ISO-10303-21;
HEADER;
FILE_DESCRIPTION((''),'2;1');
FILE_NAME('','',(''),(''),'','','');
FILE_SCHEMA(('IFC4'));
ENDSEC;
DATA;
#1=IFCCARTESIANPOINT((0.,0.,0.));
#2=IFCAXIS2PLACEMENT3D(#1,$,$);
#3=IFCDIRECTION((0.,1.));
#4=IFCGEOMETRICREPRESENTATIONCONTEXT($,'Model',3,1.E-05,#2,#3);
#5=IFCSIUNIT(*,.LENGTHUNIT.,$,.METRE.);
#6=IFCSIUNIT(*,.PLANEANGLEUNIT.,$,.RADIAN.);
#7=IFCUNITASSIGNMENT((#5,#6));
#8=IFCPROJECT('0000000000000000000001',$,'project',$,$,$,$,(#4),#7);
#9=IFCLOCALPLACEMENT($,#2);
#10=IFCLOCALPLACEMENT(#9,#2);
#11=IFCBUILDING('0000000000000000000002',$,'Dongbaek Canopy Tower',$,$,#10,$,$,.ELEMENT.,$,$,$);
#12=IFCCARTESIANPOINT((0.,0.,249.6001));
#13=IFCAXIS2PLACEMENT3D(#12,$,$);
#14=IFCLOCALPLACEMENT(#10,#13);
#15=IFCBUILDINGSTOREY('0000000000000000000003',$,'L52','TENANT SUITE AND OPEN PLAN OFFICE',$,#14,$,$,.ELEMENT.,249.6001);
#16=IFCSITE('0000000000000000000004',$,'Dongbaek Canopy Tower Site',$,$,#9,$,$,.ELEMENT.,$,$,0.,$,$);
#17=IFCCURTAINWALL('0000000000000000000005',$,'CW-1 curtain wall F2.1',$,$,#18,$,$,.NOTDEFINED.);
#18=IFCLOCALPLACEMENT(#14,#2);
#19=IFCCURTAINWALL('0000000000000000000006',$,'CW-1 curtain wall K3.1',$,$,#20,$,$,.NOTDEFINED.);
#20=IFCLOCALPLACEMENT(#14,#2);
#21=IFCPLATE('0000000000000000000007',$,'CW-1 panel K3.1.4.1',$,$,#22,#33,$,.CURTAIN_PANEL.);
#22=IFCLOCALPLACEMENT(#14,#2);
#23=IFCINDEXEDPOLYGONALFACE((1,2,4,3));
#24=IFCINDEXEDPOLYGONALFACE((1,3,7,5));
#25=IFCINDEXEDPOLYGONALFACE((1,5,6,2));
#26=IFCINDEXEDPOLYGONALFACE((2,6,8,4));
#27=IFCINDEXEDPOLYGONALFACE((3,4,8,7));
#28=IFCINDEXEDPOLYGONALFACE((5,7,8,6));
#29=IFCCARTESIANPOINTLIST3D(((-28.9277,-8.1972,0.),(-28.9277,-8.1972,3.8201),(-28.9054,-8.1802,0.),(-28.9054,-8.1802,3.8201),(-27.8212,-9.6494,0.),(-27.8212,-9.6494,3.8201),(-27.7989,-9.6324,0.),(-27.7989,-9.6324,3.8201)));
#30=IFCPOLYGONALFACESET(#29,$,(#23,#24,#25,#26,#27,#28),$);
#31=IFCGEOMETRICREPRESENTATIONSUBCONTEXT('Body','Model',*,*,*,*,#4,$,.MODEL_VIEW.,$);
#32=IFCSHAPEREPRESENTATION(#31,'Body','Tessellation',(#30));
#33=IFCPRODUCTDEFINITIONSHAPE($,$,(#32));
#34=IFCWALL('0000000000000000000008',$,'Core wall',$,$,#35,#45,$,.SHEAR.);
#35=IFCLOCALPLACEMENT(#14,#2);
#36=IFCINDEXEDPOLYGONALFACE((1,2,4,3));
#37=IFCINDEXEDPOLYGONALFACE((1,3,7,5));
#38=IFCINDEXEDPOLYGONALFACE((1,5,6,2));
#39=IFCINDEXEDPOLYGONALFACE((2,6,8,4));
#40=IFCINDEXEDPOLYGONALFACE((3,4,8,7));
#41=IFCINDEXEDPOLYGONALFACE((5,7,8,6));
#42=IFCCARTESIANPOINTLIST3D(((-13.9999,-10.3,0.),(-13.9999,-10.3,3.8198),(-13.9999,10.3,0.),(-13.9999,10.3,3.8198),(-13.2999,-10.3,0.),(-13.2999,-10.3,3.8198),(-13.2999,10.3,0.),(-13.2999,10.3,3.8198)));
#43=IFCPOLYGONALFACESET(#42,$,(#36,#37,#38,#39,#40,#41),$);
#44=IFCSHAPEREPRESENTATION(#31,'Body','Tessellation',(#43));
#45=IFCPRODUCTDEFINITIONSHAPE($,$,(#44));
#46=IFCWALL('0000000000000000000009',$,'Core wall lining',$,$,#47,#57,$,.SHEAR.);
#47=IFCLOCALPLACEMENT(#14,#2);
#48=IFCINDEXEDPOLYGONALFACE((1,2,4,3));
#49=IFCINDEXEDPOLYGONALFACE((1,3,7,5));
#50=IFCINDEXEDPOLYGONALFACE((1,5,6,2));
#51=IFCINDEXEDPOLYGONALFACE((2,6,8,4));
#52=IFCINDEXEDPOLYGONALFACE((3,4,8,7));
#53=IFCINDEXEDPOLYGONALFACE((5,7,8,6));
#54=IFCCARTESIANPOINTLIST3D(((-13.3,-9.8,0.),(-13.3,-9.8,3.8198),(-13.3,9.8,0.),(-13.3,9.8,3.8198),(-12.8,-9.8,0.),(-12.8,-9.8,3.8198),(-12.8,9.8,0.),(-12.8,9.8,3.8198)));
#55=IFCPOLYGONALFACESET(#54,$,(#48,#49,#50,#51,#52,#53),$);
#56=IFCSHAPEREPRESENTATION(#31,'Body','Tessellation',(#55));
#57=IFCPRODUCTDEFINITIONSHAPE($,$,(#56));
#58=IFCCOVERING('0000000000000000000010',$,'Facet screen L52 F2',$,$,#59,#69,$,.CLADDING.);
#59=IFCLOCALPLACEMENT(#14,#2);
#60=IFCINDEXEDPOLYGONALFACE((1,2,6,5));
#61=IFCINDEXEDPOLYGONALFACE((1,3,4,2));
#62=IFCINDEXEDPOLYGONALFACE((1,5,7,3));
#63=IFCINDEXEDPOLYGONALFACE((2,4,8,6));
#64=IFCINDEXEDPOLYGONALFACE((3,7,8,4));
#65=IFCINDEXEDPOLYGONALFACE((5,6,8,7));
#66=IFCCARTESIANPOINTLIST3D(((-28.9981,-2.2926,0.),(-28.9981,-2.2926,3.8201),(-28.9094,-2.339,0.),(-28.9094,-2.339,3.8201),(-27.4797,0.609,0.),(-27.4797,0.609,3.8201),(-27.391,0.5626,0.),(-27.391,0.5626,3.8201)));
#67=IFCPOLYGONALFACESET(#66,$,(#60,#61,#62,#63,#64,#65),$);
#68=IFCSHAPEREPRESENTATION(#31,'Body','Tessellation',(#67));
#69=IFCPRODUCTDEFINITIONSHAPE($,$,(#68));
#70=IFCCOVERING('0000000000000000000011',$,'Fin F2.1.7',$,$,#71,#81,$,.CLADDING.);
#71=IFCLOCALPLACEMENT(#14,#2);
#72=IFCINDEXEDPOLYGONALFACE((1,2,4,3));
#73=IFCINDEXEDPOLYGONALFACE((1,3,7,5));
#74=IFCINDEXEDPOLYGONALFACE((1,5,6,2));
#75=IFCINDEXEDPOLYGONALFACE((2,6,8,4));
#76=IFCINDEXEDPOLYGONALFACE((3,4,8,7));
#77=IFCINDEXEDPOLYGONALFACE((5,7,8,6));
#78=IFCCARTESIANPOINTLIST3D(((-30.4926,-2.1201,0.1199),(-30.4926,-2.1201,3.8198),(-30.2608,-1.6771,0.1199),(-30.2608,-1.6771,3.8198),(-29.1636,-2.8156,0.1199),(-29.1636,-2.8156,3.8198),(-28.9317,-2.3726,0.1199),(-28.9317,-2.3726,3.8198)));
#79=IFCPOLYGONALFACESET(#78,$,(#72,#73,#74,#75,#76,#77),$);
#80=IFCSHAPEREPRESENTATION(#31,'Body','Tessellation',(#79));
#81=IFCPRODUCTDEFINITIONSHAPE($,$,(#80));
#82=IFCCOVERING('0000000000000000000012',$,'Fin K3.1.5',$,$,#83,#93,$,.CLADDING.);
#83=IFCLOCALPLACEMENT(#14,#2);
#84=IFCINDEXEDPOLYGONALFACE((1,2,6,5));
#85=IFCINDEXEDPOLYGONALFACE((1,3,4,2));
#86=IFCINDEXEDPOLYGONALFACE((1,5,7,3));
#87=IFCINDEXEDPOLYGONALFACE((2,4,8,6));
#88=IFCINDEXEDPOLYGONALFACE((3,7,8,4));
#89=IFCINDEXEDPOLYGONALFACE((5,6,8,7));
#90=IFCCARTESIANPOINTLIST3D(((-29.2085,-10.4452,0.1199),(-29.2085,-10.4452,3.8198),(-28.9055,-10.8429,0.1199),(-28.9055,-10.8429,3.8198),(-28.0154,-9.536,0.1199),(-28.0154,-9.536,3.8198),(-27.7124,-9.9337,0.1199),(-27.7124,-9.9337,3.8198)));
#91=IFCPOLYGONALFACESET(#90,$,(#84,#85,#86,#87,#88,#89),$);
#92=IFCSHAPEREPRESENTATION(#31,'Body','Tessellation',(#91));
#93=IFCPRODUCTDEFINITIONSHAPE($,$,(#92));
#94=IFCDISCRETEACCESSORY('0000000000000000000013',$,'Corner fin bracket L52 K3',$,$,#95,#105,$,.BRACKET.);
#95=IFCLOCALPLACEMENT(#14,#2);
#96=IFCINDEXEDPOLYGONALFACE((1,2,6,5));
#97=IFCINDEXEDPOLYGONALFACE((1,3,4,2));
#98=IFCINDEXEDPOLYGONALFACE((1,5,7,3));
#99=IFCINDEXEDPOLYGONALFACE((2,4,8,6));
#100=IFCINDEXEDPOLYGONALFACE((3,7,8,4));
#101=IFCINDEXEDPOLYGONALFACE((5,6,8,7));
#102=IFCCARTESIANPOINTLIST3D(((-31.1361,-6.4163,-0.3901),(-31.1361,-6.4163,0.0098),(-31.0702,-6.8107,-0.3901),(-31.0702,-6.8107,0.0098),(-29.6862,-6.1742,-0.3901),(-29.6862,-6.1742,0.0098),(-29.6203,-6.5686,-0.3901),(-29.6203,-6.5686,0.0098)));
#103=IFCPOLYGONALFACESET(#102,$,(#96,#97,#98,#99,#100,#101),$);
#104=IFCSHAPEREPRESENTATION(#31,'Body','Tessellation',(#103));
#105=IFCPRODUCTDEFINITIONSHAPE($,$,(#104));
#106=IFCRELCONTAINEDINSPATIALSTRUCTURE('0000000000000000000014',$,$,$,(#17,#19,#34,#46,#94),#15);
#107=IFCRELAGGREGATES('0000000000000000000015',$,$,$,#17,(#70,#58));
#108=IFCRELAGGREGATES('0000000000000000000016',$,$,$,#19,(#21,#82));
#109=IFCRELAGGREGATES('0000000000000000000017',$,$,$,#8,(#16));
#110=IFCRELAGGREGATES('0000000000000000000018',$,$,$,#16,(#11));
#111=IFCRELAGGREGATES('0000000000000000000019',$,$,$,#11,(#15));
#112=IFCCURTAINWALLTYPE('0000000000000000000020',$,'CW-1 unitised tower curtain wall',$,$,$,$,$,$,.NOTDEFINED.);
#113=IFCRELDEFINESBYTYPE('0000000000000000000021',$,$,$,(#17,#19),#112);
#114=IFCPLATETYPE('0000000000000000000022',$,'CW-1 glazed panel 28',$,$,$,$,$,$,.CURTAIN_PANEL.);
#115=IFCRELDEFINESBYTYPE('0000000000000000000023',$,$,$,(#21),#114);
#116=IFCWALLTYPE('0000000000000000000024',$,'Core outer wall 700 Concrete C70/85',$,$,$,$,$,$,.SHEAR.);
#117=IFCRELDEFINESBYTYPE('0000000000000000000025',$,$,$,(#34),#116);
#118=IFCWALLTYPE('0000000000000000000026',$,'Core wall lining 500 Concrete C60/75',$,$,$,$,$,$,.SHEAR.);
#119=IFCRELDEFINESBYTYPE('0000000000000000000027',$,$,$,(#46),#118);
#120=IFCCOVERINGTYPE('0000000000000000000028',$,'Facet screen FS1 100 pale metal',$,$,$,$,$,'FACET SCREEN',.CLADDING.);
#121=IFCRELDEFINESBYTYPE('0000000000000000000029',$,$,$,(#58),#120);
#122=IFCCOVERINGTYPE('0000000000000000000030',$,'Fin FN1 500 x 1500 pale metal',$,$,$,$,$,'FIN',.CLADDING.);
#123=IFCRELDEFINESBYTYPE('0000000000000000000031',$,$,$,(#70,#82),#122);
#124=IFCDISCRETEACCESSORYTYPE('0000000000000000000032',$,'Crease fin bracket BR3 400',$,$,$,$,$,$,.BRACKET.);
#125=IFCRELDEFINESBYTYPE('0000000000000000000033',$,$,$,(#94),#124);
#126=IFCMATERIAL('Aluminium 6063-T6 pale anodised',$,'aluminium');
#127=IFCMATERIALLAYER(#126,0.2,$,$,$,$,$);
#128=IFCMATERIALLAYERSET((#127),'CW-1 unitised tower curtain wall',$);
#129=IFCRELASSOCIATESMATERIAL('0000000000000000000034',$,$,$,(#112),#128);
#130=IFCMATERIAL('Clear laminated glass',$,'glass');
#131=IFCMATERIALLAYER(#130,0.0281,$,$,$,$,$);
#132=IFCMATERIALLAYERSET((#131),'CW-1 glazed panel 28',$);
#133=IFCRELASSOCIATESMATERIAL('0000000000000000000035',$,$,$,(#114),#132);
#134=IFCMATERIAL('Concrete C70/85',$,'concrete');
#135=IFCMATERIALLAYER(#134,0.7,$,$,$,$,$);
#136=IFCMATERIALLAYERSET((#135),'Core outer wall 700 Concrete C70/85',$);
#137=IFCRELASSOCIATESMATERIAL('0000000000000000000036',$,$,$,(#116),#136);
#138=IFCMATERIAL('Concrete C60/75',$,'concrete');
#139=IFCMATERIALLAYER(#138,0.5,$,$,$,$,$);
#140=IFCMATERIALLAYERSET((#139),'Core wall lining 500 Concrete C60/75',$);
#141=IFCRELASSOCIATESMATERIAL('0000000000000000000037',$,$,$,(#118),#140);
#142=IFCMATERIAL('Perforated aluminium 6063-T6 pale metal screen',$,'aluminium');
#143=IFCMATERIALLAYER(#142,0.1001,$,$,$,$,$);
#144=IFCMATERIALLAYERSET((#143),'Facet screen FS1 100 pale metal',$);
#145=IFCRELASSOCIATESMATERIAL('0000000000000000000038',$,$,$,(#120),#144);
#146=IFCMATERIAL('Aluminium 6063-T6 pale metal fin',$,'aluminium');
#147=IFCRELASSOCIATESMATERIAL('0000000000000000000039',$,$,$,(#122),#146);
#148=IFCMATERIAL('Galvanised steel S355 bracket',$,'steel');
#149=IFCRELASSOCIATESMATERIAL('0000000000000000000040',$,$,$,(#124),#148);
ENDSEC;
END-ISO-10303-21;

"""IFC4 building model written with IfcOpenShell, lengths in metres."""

from ifc_helpers import new_model, si_unit, direction, frame, frame_2d, origin, origin_2d, place, context, subcontext, project, spatial, rectangle, extrude, material, layer, layer_set, material_profile, profile_set, type_object, element, aggregate, save


model = new_model("IFC4")

# Units and contexts
model_context = context("Model", 3, precision=1e-05, world=origin(), true_north=direction((0.0, 1.0)))
body_context = subcontext(model_context, "Body", "Model", "MODEL_VIEW")
ifc_project = project(units=[si_unit("LENGTHUNIT", "METRE"), si_unit("PLANEANGLEUNIT", "RADIAN")], contexts=[model_context])

# Site, building, storey
site_placement = place(None, origin())
site = spatial("IfcSite", under=ifc_project, at=site_placement, Name="Dongbaek Canopy Tower Site", CompositionType="ELEMENT", RefElevation=0.0)
building_placement = place(site_placement, origin())
building = spatial("IfcBuilding", under=site, at=building_placement, Name="Dongbaek Canopy Tower", CompositionType="ELEMENT")
storey_placement = place(building_placement, frame((0.0, 0.0, 249.6001)))
storey = spatial("IfcBuildingStorey", under=building, at=storey_placement, Name="L52", Description="TENANT SUITE AND OPEN PLAN OFFICE", CompositionType="ELEMENT", Elevation=249.6001)

# Curtain wall
ifc_material_1 = material(Name="Aluminium 6063-T6 pale anodised", Category="aluminium")
ifc_layer_1 = layer(ifc_material_1, 0.2)
ifc_layer_set_1 = layer_set([ifc_layer_1], Name="CW-1 unitised tower curtain wall")
curtain_wall_type = type_object("IfcCurtainWallType", Name="CW-1 unitised tower curtain wall", PredefinedType="NOTDEFINED", material=ifc_layer_set_1)
curtain_wall_1_placement = place(storey_placement, origin())
curtain_wall_1 = element("IfcCurtainWall", 1, at=curtain_wall_1_placement, inside=storey, type_object=curtain_wall_type, Name="CW-1 curtain wall F2.1", PredefinedType="NOTDEFINED")

# Curtain wall
curtain_wall_2_placement = place(storey_placement, origin())
curtain_wall_2 = element("IfcCurtainWall", 2, at=curtain_wall_2_placement, inside=storey, type_object=curtain_wall_type, Name="CW-1 curtain wall K3.1", PredefinedType="NOTDEFINED")

# Plate
ifc_material_2 = material(Name="Clear laminated glass", Category="glass")
ifc_layer_2 = layer(ifc_material_2, 0.0281)
ifc_layer_set_2 = layer_set([ifc_layer_2], Name="CW-1 glazed panel 28")
plate_type = type_object("IfcPlateType", Name="CW-1 glazed panel 28", PredefinedType="CURTAIN_PANEL", material=ifc_layer_set_2)
plate_1_placement = place(storey_placement, frame((-28.3633, -8.9148, 0.0), z_axis=(0.0, 0.0, 1.0), x_axis=(0.606088, -0.795398, 0.0)))
plate_1 = element("IfcPlate", 3, at=plate_1_placement, type_object=plate_type, Name="CW-1 panel K3.1.4.1", PredefinedType="CURTAIN_PANEL", context=body_context, shape_type="SweptSolid", body=[
    extrude(rectangle(XDim=1.8257, YDim=0.0281, at=origin_2d()), origin(), (0.0, 0.0, 1.0), 3.8201),
])

# Walls
ifc_material_3 = material(Name="Concrete C70/85", Category="concrete")
ifc_layer_3 = layer(ifc_material_3, 0.7)
ifc_layer_set_3 = layer_set([ifc_layer_3], Name="Core outer wall 700 Concrete C70/85")
wall_type_1 = type_object("IfcWallType", Name="Core outer wall 700 Concrete C70/85", PredefinedType="SHEAR", material=ifc_layer_set_3)
wall_1_placement = place(storey_placement, frame((-13.6499, -10.3, 0.0), z_axis=(0.0, 0.0, 1.0), x_axis=(0.0, 1.0, 0.0)))
element("IfcWall", 4, at=wall_1_placement, inside=storey, type_object=wall_type_1, Name="Core wall", PredefinedType="SHEAR", context=body_context, shape_type="SweptSolid", body=[
    extrude(rectangle(XDim=20.6001, YDim=0.7, at=frame_2d((10.3, 0.0))), origin(), (0.0, 0.0, 1.0), 3.8198),
])
ifc_material_4 = material(Name="Concrete C60/75", Category="concrete")
ifc_layer_4 = layer(ifc_material_4, 0.5)
ifc_layer_set_4 = layer_set([ifc_layer_4], Name="Core wall lining 500 Concrete C60/75")
wall_type_2 = type_object("IfcWallType", Name="Core wall lining 500 Concrete C60/75", PredefinedType="SHEAR", material=ifc_layer_set_4)
wall_2_placement = place(storey_placement, frame((-13.05, -9.8, 0.0), z_axis=(0.0, 0.0, 1.0), x_axis=(0.0, 1.0, 0.0)))
element("IfcWall", 5, at=wall_2_placement, inside=storey, type_object=wall_type_2, Name="Core wall lining", PredefinedType="SHEAR", context=body_context, shape_type="SweptSolid", body=[
    extrude(rectangle(XDim=19.6001, YDim=0.5, at=frame_2d((9.8, 0.0))), origin(), (0.0, 0.0, 1.0), 3.8198),
])

# Coverings
ifc_material_5 = material(Name="Perforated aluminium 6063-T6 pale metal screen", Category="aluminium")
ifc_layer_5 = layer(ifc_material_5, 0.1001)
ifc_layer_set_5 = layer_set([ifc_layer_5], Name="Facet screen FS1 100 pale metal")
covering_type_1 = type_object("IfcCoveringType", Name="Facet screen FS1 100 pale metal", ElementType="FACET SCREEN", PredefinedType="CLADDING", material=ifc_layer_set_5)
covering_1_placement = place(storey_placement, frame((-28.1946, -0.865, 0.0), z_axis=(0.0, 0.0, 1.0), x_axis=(-0.463649, -0.886019, 0.0)))
covering_1 = element("IfcCovering", 6, at=covering_1_placement, type_object=covering_type_1, Name="Facet screen L52 F2", PredefinedType="CLADDING", context=body_context, shape_type="SweptSolid", body=[
    extrude(rectangle(XDim=3.2749, YDim=0.1001, at=origin_2d()), origin(), (0.0, 0.0, 1.0), 3.8201),
])
ifc_material_6 = material(Name="Aluminium 6063-T6 pale metal fin", Category="aluminium")
ifc_material_profile_1 = material_profile(ifc_material_6, rectangle(XDim=1.5, YDim=0.5, at=origin_2d()), Name="Fin FN1 500 x 1500 pale metal")
ifc_profile_set_1 = profile_set([ifc_material_profile_1], Name="Aluminium 6063-T6 pale metal fin")
covering_type_2 = type_object("IfcCoveringType", Name="Fin FN1 500 x 1500 pale metal", ElementType="FIN", PredefinedType="CLADDING", material=ifc_profile_set_1)
covering_2_placement = place(storey_placement, frame((-29.7122, -2.2463, 0.1199), z_axis=(0.0, 0.0, 1.0), x_axis=(-0.886019, 0.463649, 0.0)))
covering_2 = element("IfcCovering", 7, at=covering_2_placement, type_object=covering_type_2, Name="Fin F2.1.7", PredefinedType="CLADDING", context=body_context, shape_type="SweptSolid", body=[
    extrude(rectangle(XDim=1.5, YDim=0.5, at=origin_2d()), origin(), (0.0, 0.0, 1.0), 3.7),
])
aggregate(curtain_wall_1, [covering_2, covering_1])
covering_3_placement = place(storey_placement, frame((-28.4604, -10.1895, 0.1199), z_axis=(0.0, 0.0, 1.0), x_axis=(-0.795398, -0.606088, 0.0)))
covering_3 = element("IfcCovering", 8, at=covering_3_placement, type_object=covering_type_2, Name="Fin K3.1.5", PredefinedType="CLADDING", context=body_context, shape_type="SweptSolid", body=[
    extrude(rectangle(XDim=1.5, YDim=0.5, at=origin_2d()), origin(), (0.0, 0.0, 1.0), 3.7),
])
aggregate(curtain_wall_2, [plate_1, covering_3])

# Discrete accessory
ifc_material_7 = material(Name="Galvanised steel S355 bracket", Category="steel")
discrete_accessory_type = type_object("IfcDiscreteAccessoryType", Name="Crease fin bracket BR3 400", PredefinedType="BRACKET", material=ifc_material_7)
discrete_accessory_placement = place(storey_placement, frame((-30.3782, -6.4924, -0.3901), z_axis=(0.0, 0.0, 1.0), x_axis=(-0.986343, -0.164703, 0.0)))
element("IfcDiscreteAccessory", 9, at=discrete_accessory_placement, inside=storey, type_object=discrete_accessory_type, Name="Corner fin bracket L52 K3", PredefinedType="BRACKET", context=body_context, shape_type="SweptSolid", body=[
    extrude(rectangle(XDim=1.47, YDim=0.3999, at=origin_2d()), origin(), (0.0, 0.0, 1.0), 0.3999),
])

save(model, "model.ifc")
